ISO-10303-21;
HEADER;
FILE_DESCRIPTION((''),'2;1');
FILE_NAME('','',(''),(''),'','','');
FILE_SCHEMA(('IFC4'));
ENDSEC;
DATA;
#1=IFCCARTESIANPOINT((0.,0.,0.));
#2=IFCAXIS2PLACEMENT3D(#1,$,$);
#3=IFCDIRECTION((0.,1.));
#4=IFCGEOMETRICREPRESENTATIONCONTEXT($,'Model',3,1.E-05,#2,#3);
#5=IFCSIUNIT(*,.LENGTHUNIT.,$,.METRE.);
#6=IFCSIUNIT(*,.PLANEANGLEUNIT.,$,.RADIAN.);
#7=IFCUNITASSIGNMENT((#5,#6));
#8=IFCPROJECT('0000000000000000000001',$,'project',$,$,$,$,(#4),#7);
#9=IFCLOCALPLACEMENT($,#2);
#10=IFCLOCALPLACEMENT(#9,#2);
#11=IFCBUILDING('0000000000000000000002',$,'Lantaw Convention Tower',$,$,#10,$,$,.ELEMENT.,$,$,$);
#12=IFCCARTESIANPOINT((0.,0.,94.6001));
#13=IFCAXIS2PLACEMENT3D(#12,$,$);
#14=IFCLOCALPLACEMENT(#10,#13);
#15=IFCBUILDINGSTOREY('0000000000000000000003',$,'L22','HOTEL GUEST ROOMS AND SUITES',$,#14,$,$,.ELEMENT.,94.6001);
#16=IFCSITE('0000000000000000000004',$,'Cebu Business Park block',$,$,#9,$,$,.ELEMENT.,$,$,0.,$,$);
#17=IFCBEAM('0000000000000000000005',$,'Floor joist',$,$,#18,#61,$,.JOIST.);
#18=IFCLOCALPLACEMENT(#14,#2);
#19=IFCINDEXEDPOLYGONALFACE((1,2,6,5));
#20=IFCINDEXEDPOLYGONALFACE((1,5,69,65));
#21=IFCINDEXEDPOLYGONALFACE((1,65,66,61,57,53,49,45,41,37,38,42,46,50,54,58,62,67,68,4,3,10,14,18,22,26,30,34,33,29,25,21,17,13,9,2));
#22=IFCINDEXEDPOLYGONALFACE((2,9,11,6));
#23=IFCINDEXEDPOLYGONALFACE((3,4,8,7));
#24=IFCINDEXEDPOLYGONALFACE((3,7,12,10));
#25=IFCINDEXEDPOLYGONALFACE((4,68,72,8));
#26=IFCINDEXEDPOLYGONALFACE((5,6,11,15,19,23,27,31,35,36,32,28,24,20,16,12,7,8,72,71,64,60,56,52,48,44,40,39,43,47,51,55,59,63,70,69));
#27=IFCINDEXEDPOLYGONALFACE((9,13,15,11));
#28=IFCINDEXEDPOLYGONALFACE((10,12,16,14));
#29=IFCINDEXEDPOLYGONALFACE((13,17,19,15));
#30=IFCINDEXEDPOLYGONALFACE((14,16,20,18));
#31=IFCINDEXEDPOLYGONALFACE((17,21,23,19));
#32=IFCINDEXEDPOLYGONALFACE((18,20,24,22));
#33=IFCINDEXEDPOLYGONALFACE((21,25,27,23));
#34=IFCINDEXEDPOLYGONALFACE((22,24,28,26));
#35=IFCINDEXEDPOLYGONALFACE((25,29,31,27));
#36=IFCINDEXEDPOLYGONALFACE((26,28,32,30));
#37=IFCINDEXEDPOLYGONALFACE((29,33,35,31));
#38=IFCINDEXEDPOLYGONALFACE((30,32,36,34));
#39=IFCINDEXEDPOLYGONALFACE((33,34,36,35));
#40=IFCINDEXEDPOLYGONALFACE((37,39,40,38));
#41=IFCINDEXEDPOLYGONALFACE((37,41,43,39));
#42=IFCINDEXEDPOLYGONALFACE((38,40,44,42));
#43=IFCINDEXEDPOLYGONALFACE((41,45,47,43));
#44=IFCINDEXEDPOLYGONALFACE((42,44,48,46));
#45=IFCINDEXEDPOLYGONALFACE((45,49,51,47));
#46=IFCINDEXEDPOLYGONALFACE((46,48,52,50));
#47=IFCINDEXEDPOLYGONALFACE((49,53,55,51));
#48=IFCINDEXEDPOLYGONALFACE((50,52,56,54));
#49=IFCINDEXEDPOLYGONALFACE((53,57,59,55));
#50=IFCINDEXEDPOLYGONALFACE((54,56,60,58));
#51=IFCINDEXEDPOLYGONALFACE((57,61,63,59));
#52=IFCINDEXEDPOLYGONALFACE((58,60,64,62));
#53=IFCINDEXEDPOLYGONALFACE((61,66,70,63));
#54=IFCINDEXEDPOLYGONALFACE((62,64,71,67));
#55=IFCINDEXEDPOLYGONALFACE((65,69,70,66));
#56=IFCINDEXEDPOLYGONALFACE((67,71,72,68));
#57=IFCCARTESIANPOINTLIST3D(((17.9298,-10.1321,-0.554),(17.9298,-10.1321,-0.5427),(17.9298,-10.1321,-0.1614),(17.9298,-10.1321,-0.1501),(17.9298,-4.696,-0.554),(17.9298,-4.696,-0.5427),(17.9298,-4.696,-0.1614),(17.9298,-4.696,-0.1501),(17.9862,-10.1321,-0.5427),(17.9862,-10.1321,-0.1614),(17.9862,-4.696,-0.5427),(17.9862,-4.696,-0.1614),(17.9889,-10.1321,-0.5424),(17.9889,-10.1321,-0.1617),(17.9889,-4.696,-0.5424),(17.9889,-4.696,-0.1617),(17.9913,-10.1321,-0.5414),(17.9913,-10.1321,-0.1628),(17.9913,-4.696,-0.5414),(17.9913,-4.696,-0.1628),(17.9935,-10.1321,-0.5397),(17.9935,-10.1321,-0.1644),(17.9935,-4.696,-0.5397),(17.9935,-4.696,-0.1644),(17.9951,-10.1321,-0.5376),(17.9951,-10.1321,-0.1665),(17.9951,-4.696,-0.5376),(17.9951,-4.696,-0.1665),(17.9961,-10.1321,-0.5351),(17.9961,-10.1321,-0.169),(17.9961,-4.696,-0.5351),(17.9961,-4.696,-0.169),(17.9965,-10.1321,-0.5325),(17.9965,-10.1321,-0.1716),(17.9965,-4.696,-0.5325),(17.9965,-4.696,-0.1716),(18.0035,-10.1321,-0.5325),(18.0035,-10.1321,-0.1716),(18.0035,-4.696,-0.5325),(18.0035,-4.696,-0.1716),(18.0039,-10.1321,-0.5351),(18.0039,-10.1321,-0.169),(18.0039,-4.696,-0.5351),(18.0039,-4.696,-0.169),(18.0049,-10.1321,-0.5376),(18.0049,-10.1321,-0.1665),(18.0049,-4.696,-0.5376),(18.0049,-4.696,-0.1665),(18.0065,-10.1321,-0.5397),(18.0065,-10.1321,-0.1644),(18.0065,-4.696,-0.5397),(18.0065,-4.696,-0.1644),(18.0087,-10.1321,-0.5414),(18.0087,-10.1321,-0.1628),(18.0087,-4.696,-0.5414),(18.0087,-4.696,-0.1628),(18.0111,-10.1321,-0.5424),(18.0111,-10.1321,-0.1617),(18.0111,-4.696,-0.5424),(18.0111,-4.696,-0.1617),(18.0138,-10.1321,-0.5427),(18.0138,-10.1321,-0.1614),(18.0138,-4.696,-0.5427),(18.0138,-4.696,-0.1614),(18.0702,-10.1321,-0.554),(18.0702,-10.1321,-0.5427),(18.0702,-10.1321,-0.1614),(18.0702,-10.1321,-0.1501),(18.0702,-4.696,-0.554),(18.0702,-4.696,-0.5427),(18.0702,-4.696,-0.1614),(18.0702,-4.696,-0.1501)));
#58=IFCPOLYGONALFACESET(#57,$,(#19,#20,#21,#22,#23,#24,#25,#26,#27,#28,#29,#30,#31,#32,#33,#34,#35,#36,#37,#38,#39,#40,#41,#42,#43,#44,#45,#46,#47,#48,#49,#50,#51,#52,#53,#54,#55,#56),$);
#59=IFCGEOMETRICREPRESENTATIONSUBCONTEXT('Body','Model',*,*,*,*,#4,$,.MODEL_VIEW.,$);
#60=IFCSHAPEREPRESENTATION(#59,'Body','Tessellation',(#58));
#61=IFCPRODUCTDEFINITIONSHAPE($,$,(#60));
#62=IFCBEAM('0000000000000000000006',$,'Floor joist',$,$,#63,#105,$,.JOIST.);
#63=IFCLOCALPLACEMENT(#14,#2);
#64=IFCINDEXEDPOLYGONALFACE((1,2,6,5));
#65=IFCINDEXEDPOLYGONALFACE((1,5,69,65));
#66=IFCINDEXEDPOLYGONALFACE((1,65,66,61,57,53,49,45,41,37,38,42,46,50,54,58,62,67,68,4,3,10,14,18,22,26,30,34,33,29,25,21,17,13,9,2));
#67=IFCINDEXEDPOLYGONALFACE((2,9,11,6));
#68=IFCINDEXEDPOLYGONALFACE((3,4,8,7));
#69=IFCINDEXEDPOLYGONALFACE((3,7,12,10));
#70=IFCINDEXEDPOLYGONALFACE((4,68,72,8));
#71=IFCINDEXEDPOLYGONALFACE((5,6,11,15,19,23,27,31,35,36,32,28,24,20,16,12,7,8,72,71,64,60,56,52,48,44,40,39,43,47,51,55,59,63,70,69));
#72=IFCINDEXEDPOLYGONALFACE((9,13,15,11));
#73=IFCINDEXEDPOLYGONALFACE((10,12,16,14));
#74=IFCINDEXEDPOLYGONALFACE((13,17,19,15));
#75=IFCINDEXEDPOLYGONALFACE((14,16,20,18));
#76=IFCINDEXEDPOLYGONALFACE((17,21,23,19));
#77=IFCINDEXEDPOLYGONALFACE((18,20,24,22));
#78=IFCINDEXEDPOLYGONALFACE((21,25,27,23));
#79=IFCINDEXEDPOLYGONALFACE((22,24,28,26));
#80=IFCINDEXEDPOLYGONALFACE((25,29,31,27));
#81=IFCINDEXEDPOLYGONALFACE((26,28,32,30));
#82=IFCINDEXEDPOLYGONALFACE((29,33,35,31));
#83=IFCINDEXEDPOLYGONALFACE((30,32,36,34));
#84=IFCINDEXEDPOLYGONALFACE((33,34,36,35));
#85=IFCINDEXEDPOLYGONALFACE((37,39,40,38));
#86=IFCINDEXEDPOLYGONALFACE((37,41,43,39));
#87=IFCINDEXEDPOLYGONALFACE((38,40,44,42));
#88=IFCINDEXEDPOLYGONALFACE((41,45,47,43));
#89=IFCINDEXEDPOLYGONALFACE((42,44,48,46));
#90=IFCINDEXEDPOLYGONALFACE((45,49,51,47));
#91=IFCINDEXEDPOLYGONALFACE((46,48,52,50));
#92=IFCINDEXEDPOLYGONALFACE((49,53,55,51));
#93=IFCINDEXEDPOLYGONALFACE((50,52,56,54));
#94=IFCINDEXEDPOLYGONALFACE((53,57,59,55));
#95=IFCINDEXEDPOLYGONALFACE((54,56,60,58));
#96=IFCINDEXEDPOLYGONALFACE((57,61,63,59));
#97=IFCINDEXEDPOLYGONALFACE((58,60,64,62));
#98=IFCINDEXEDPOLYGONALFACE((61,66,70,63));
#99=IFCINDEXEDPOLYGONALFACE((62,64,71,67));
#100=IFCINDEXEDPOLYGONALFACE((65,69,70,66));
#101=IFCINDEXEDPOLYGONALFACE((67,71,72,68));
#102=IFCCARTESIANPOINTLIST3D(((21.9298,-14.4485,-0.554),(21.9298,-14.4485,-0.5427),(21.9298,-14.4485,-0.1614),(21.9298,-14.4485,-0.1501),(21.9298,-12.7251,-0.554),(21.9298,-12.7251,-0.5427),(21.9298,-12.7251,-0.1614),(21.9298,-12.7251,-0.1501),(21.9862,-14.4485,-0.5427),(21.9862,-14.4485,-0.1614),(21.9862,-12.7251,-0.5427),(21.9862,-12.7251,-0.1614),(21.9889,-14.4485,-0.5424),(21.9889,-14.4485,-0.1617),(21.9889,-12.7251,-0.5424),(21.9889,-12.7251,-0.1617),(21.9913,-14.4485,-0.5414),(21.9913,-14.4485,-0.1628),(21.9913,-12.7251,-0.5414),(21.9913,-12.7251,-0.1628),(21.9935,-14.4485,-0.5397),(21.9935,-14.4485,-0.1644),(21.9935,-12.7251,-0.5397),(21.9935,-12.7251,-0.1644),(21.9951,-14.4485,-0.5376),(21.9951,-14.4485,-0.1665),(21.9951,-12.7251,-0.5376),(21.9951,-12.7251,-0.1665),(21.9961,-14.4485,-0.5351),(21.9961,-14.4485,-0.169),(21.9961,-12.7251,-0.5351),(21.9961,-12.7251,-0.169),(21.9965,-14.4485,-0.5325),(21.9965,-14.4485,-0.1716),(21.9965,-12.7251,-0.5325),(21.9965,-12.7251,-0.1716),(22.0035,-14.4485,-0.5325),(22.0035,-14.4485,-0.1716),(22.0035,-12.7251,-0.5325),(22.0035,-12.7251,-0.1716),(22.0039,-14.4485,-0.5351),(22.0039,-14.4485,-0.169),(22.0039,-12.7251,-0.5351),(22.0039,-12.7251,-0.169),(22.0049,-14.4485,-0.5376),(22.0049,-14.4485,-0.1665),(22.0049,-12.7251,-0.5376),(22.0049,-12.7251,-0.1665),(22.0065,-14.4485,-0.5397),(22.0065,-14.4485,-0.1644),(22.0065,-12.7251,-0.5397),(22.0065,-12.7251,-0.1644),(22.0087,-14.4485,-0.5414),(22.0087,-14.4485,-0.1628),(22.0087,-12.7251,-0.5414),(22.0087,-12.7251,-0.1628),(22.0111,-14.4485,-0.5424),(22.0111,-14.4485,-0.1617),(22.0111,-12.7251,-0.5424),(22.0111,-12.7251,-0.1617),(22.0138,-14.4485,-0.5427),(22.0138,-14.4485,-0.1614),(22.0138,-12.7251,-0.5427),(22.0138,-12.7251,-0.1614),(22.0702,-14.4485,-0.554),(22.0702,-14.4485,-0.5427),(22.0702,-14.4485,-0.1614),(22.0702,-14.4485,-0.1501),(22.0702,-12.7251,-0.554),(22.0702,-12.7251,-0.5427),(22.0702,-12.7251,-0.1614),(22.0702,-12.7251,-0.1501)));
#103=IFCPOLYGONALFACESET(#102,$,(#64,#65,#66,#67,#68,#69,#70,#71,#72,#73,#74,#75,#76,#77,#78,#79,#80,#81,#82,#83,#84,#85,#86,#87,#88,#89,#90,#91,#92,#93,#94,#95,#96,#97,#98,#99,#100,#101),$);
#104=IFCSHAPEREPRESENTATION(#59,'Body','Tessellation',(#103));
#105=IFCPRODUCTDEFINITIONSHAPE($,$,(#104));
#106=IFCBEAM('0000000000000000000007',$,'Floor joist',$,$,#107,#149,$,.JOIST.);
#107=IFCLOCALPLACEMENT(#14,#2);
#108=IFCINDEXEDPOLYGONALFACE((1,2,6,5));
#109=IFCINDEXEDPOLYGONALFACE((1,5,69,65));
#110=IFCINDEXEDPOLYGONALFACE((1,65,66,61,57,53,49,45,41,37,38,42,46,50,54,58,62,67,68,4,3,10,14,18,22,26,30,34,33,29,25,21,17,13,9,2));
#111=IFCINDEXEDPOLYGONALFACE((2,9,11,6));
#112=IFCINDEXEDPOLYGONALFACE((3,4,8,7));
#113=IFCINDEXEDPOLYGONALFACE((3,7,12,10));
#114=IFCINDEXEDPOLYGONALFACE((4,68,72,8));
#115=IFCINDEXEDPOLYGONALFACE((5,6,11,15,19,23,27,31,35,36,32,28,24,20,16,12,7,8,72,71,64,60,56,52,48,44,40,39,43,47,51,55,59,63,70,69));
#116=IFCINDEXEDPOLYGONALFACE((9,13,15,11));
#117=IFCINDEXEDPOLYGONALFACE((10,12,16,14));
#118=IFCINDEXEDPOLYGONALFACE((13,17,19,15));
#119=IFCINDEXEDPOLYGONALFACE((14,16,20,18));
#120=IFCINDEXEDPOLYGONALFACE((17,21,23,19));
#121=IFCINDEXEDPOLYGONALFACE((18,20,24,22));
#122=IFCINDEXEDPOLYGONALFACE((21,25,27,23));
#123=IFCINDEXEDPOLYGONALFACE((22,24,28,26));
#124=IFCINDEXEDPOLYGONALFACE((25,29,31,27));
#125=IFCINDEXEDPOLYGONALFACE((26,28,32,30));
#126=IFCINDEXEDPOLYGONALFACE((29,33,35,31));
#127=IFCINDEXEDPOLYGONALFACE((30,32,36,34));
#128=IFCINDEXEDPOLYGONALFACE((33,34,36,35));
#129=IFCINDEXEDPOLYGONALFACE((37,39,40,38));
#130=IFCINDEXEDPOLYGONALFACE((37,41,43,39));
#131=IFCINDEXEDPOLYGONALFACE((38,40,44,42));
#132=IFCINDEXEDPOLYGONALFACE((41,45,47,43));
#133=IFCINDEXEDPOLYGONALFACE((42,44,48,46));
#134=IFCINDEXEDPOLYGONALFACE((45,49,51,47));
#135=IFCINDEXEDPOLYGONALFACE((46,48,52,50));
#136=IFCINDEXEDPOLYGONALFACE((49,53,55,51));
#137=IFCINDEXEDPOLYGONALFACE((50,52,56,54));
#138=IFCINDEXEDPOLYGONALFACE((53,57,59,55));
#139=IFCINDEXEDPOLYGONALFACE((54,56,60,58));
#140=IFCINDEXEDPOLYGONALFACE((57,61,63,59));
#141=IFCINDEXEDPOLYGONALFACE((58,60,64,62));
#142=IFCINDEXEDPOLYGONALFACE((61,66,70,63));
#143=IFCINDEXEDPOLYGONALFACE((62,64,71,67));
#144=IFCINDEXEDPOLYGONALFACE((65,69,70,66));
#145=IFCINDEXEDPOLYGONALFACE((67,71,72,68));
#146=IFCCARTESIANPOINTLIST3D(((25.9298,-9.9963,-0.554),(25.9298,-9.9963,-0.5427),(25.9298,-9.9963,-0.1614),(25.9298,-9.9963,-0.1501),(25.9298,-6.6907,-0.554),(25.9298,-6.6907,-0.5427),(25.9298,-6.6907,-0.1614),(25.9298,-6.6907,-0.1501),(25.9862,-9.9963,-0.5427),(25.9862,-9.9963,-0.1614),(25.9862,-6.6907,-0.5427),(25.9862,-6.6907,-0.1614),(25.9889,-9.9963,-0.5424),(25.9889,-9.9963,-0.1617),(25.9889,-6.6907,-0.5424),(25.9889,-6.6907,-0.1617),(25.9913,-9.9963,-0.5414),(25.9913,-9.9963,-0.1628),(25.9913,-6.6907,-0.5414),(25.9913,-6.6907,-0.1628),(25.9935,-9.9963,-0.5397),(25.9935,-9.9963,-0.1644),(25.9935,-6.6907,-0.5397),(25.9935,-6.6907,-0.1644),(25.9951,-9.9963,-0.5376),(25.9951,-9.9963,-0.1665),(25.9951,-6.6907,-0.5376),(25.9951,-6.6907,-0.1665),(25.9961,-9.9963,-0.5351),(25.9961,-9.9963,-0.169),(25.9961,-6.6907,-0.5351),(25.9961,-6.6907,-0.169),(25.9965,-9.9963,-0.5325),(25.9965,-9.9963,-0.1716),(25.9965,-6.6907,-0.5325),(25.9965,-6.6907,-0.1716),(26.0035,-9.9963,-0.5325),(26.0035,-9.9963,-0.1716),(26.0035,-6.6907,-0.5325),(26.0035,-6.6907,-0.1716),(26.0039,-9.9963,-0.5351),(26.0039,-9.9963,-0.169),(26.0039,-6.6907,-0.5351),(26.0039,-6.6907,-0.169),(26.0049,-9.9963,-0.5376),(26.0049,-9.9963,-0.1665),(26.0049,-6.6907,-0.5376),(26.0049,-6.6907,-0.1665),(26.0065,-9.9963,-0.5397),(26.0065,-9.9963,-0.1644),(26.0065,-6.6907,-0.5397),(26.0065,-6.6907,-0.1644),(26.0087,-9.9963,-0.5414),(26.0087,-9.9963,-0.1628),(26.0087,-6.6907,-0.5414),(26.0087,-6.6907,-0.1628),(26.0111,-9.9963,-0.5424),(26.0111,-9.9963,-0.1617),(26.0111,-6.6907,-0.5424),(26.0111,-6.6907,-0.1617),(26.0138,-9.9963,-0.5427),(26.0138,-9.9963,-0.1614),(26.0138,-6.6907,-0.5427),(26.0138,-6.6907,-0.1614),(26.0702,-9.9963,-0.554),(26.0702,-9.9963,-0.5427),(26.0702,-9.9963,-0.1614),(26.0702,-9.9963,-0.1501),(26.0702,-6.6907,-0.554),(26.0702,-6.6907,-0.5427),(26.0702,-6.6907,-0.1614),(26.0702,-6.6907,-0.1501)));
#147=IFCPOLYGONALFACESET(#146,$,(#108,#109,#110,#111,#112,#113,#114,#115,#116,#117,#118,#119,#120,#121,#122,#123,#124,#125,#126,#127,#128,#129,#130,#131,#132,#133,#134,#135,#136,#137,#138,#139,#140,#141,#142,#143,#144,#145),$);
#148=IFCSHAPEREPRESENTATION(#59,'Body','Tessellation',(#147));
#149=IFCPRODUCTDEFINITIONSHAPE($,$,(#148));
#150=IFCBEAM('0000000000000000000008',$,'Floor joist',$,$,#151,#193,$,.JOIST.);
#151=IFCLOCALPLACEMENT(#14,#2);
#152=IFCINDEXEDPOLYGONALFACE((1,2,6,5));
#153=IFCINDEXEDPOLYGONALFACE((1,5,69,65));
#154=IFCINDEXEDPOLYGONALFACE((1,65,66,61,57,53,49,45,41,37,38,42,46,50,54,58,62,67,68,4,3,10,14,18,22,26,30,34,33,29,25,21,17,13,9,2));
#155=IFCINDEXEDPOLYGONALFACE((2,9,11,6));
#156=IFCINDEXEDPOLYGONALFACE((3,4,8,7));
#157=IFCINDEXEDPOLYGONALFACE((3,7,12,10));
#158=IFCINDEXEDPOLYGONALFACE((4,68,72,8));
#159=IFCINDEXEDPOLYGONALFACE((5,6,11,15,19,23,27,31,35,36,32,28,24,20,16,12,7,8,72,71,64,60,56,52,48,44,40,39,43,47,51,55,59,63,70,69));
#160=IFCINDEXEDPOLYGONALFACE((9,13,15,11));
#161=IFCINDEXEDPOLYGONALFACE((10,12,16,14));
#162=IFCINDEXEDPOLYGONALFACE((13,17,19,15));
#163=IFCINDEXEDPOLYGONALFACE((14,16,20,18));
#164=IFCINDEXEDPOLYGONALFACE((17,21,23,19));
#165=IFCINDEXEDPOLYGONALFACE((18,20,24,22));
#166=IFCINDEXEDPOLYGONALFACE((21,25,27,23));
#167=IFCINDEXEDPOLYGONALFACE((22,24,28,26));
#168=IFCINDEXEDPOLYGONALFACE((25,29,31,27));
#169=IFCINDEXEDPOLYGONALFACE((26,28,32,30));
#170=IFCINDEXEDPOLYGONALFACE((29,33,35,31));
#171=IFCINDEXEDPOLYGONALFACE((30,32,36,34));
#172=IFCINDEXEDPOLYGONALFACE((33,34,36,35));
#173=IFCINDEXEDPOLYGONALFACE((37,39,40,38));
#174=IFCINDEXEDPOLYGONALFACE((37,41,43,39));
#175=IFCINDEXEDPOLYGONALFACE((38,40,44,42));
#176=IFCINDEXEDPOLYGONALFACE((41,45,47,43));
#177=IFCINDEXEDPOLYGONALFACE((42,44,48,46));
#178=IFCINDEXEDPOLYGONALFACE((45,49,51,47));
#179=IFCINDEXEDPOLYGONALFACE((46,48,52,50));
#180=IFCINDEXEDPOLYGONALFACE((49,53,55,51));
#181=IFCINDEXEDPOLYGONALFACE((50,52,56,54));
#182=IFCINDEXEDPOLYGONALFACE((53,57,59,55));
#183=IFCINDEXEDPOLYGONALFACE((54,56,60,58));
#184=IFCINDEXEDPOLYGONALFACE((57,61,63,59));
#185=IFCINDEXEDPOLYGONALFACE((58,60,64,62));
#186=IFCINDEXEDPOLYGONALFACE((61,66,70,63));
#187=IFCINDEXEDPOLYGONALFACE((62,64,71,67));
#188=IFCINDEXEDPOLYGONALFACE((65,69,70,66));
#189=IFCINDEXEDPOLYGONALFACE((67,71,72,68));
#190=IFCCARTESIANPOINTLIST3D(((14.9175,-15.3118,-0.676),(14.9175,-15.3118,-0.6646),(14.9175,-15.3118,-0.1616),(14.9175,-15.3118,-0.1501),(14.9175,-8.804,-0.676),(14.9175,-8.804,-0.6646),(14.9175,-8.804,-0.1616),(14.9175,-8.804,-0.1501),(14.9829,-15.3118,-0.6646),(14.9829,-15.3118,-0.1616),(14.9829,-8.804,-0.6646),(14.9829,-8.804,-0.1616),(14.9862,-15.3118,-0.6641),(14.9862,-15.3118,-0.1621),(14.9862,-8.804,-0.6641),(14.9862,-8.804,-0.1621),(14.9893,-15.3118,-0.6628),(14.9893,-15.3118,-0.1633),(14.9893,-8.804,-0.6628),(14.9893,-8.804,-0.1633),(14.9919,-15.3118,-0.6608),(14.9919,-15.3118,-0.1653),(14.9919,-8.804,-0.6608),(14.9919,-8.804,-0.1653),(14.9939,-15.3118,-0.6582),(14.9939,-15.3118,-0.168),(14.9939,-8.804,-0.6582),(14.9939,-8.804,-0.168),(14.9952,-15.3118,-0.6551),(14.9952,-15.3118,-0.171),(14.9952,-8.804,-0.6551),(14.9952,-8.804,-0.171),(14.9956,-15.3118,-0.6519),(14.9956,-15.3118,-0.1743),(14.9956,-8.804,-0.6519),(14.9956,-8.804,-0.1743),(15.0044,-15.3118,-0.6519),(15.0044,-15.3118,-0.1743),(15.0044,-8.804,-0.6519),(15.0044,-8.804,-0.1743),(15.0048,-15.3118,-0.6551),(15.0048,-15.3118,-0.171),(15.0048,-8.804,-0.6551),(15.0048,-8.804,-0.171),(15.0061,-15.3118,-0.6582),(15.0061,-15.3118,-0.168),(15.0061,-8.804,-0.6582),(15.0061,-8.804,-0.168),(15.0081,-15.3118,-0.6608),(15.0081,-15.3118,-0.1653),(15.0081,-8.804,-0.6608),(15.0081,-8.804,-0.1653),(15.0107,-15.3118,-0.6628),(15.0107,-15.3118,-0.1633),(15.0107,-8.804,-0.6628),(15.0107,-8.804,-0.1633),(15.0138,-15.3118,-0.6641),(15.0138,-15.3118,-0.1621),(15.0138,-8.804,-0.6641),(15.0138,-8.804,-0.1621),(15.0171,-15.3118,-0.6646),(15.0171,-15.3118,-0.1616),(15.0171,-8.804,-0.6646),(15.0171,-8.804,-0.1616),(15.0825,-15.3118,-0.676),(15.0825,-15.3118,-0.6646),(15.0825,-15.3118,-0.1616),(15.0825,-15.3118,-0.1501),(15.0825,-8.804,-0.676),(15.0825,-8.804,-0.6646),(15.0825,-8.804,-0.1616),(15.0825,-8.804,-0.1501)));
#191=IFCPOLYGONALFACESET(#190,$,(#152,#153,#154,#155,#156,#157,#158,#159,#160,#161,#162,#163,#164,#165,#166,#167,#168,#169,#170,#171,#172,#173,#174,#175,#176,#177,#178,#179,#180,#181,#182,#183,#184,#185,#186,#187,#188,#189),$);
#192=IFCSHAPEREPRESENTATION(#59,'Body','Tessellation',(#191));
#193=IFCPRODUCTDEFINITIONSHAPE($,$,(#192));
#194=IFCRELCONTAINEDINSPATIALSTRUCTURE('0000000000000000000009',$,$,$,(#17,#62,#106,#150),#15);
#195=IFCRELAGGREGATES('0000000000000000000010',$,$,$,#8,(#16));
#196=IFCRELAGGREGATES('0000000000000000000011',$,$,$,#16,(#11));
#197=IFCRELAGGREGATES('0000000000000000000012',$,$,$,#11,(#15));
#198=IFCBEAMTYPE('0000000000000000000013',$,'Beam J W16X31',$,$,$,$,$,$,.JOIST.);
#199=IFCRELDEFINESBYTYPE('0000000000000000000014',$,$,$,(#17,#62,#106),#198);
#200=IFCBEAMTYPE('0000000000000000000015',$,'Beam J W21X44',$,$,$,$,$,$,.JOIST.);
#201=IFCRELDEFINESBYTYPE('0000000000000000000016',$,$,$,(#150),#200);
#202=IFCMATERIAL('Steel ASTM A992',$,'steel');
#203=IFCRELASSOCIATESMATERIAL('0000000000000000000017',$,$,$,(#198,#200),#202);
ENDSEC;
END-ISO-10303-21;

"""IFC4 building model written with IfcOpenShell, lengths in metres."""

from ifc_helpers import new_model, si_unit, direction, frame, origin, origin_2d, place, context, subcontext, project, spatial, i_section, extrude, material, material_profile, profile_set, type_object, element, save


model = new_model("IFC4")

# Units and contexts
model_context = context("Model", 3, precision=1e-05, world=origin(), true_north=direction((0.0, 1.0)))
body_context = subcontext(model_context, "Body", "Model", "MODEL_VIEW")
ifc_project = project(units=[si_unit("LENGTHUNIT", "METRE"), si_unit("PLANEANGLEUNIT", "RADIAN")], contexts=[model_context])

# Site, building, storey
site_placement = place(None, origin())
site = spatial("IfcSite", under=ifc_project, at=site_placement, Name="Cebu Business Park block", CompositionType="ELEMENT", RefElevation=0.0)
building_placement = place(site_placement, origin())
building = spatial("IfcBuilding", under=site, at=building_placement, Name="Lantaw Convention Tower", CompositionType="ELEMENT")
storey_placement = place(building_placement, frame((0.0, 0.0, 94.6001)))
storey = spatial("IfcBuildingStorey", under=building, at=storey_placement, Name="L22", Description="HOTEL GUEST ROOMS AND SUITES", CompositionType="ELEMENT", Elevation=94.6001)

# Beams
ifc_material_1 = material(Name="Steel ASTM A992", Category="steel")
ifc_material_profile_1 = material_profile(ifc_material_1, i_section(OverallWidth=0.1404, OverallDepth=0.4038, WebThickness=0.0071, FlangeThickness=0.0112, FilletRadius=0.0103, at=origin_2d()), Name="W16X31")
ifc_profile_set_1 = profile_set([ifc_material_profile_1], Name="Steel ASTM A992")
beam_type_1 = type_object("IfcBeamType", Name="Beam J W16X31", PredefinedType="JOIST", material=ifc_profile_set_1)
beam_1_placement = place(storey_placement, frame((18.0, -10.1321, -0.3521), z_axis=(0.0, 1.0, 0.0), x_axis=(-1.0, 0.0, 0.0)))
element("IfcBeam", 1, at=beam_1_placement, inside=storey, type_object=beam_type_1, Name="Floor joist", PredefinedType="JOIST", context=body_context, shape_type="SweptSolid", body=[
    extrude(i_section(OverallWidth=0.1404, OverallDepth=0.4038, WebThickness=0.0071, FlangeThickness=0.0112, FilletRadius=0.0103, at=origin_2d()), origin(), (0.0, 0.0, 1.0), 5.436),
])
beam_2_placement = place(storey_placement, frame((22.0, -14.4485, -0.3521), z_axis=(0.0, 1.0, 0.0), x_axis=(-1.0, 0.0, 0.0)))
element("IfcBeam", 2, at=beam_2_placement, inside=storey, type_object=beam_type_1, Name="Floor joist", PredefinedType="JOIST", context=body_context, shape_type="SweptSolid", body=[
    extrude(i_section(OverallWidth=0.1404, OverallDepth=0.4038, WebThickness=0.0071, FlangeThickness=0.0112, FilletRadius=0.0103, at=origin_2d()), origin(), (0.0, 0.0, 1.0), 1.7234),
])
beam_3_placement = place(storey_placement, frame((26.0, -9.9963, -0.3521), z_axis=(0.0, 1.0, 0.0), x_axis=(-1.0, 0.0, 0.0)))
element("IfcBeam", 3, at=beam_3_placement, inside=storey, type_object=beam_type_1, Name="Floor joist", PredefinedType="JOIST", context=body_context, shape_type="SweptSolid", body=[
    extrude(i_section(OverallWidth=0.1404, OverallDepth=0.4038, WebThickness=0.0071, FlangeThickness=0.0112, FilletRadius=0.0103, at=origin_2d()), origin(), (0.0, 0.0, 1.0), 3.3057),
])
ifc_material_profile_2 = material_profile(ifc_material_1, i_section(OverallWidth=0.165, OverallDepth=0.5259, WebThickness=0.0088, FlangeThickness=0.0115, FilletRadius=0.0127, at=origin_2d()), Name="W21X44")
ifc_profile_set_2 = profile_set([ifc_material_profile_2], Name="Steel ASTM A992")
beam_type_2 = type_object("IfcBeamType", Name="Beam J W21X44", PredefinedType="JOIST", material=ifc_profile_set_2)
beam_4_placement = place(storey_placement, frame((15.0, -15.3118, -0.4131), z_axis=(0.0, 1.0, 0.0), x_axis=(-1.0, 0.0, 0.0)))
element("IfcBeam", 4, at=beam_4_placement, inside=storey, type_object=beam_type_2, Name="Floor joist", PredefinedType="JOIST", context=body_context, shape_type="SweptSolid", body=[
    extrude(i_section(OverallWidth=0.165, OverallDepth=0.5259, WebThickness=0.0088, FlangeThickness=0.0115, FilletRadius=0.0127, at=origin_2d()), origin(), (0.0, 0.0, 1.0), 6.5078),
])

save(model, "model.ifc")
